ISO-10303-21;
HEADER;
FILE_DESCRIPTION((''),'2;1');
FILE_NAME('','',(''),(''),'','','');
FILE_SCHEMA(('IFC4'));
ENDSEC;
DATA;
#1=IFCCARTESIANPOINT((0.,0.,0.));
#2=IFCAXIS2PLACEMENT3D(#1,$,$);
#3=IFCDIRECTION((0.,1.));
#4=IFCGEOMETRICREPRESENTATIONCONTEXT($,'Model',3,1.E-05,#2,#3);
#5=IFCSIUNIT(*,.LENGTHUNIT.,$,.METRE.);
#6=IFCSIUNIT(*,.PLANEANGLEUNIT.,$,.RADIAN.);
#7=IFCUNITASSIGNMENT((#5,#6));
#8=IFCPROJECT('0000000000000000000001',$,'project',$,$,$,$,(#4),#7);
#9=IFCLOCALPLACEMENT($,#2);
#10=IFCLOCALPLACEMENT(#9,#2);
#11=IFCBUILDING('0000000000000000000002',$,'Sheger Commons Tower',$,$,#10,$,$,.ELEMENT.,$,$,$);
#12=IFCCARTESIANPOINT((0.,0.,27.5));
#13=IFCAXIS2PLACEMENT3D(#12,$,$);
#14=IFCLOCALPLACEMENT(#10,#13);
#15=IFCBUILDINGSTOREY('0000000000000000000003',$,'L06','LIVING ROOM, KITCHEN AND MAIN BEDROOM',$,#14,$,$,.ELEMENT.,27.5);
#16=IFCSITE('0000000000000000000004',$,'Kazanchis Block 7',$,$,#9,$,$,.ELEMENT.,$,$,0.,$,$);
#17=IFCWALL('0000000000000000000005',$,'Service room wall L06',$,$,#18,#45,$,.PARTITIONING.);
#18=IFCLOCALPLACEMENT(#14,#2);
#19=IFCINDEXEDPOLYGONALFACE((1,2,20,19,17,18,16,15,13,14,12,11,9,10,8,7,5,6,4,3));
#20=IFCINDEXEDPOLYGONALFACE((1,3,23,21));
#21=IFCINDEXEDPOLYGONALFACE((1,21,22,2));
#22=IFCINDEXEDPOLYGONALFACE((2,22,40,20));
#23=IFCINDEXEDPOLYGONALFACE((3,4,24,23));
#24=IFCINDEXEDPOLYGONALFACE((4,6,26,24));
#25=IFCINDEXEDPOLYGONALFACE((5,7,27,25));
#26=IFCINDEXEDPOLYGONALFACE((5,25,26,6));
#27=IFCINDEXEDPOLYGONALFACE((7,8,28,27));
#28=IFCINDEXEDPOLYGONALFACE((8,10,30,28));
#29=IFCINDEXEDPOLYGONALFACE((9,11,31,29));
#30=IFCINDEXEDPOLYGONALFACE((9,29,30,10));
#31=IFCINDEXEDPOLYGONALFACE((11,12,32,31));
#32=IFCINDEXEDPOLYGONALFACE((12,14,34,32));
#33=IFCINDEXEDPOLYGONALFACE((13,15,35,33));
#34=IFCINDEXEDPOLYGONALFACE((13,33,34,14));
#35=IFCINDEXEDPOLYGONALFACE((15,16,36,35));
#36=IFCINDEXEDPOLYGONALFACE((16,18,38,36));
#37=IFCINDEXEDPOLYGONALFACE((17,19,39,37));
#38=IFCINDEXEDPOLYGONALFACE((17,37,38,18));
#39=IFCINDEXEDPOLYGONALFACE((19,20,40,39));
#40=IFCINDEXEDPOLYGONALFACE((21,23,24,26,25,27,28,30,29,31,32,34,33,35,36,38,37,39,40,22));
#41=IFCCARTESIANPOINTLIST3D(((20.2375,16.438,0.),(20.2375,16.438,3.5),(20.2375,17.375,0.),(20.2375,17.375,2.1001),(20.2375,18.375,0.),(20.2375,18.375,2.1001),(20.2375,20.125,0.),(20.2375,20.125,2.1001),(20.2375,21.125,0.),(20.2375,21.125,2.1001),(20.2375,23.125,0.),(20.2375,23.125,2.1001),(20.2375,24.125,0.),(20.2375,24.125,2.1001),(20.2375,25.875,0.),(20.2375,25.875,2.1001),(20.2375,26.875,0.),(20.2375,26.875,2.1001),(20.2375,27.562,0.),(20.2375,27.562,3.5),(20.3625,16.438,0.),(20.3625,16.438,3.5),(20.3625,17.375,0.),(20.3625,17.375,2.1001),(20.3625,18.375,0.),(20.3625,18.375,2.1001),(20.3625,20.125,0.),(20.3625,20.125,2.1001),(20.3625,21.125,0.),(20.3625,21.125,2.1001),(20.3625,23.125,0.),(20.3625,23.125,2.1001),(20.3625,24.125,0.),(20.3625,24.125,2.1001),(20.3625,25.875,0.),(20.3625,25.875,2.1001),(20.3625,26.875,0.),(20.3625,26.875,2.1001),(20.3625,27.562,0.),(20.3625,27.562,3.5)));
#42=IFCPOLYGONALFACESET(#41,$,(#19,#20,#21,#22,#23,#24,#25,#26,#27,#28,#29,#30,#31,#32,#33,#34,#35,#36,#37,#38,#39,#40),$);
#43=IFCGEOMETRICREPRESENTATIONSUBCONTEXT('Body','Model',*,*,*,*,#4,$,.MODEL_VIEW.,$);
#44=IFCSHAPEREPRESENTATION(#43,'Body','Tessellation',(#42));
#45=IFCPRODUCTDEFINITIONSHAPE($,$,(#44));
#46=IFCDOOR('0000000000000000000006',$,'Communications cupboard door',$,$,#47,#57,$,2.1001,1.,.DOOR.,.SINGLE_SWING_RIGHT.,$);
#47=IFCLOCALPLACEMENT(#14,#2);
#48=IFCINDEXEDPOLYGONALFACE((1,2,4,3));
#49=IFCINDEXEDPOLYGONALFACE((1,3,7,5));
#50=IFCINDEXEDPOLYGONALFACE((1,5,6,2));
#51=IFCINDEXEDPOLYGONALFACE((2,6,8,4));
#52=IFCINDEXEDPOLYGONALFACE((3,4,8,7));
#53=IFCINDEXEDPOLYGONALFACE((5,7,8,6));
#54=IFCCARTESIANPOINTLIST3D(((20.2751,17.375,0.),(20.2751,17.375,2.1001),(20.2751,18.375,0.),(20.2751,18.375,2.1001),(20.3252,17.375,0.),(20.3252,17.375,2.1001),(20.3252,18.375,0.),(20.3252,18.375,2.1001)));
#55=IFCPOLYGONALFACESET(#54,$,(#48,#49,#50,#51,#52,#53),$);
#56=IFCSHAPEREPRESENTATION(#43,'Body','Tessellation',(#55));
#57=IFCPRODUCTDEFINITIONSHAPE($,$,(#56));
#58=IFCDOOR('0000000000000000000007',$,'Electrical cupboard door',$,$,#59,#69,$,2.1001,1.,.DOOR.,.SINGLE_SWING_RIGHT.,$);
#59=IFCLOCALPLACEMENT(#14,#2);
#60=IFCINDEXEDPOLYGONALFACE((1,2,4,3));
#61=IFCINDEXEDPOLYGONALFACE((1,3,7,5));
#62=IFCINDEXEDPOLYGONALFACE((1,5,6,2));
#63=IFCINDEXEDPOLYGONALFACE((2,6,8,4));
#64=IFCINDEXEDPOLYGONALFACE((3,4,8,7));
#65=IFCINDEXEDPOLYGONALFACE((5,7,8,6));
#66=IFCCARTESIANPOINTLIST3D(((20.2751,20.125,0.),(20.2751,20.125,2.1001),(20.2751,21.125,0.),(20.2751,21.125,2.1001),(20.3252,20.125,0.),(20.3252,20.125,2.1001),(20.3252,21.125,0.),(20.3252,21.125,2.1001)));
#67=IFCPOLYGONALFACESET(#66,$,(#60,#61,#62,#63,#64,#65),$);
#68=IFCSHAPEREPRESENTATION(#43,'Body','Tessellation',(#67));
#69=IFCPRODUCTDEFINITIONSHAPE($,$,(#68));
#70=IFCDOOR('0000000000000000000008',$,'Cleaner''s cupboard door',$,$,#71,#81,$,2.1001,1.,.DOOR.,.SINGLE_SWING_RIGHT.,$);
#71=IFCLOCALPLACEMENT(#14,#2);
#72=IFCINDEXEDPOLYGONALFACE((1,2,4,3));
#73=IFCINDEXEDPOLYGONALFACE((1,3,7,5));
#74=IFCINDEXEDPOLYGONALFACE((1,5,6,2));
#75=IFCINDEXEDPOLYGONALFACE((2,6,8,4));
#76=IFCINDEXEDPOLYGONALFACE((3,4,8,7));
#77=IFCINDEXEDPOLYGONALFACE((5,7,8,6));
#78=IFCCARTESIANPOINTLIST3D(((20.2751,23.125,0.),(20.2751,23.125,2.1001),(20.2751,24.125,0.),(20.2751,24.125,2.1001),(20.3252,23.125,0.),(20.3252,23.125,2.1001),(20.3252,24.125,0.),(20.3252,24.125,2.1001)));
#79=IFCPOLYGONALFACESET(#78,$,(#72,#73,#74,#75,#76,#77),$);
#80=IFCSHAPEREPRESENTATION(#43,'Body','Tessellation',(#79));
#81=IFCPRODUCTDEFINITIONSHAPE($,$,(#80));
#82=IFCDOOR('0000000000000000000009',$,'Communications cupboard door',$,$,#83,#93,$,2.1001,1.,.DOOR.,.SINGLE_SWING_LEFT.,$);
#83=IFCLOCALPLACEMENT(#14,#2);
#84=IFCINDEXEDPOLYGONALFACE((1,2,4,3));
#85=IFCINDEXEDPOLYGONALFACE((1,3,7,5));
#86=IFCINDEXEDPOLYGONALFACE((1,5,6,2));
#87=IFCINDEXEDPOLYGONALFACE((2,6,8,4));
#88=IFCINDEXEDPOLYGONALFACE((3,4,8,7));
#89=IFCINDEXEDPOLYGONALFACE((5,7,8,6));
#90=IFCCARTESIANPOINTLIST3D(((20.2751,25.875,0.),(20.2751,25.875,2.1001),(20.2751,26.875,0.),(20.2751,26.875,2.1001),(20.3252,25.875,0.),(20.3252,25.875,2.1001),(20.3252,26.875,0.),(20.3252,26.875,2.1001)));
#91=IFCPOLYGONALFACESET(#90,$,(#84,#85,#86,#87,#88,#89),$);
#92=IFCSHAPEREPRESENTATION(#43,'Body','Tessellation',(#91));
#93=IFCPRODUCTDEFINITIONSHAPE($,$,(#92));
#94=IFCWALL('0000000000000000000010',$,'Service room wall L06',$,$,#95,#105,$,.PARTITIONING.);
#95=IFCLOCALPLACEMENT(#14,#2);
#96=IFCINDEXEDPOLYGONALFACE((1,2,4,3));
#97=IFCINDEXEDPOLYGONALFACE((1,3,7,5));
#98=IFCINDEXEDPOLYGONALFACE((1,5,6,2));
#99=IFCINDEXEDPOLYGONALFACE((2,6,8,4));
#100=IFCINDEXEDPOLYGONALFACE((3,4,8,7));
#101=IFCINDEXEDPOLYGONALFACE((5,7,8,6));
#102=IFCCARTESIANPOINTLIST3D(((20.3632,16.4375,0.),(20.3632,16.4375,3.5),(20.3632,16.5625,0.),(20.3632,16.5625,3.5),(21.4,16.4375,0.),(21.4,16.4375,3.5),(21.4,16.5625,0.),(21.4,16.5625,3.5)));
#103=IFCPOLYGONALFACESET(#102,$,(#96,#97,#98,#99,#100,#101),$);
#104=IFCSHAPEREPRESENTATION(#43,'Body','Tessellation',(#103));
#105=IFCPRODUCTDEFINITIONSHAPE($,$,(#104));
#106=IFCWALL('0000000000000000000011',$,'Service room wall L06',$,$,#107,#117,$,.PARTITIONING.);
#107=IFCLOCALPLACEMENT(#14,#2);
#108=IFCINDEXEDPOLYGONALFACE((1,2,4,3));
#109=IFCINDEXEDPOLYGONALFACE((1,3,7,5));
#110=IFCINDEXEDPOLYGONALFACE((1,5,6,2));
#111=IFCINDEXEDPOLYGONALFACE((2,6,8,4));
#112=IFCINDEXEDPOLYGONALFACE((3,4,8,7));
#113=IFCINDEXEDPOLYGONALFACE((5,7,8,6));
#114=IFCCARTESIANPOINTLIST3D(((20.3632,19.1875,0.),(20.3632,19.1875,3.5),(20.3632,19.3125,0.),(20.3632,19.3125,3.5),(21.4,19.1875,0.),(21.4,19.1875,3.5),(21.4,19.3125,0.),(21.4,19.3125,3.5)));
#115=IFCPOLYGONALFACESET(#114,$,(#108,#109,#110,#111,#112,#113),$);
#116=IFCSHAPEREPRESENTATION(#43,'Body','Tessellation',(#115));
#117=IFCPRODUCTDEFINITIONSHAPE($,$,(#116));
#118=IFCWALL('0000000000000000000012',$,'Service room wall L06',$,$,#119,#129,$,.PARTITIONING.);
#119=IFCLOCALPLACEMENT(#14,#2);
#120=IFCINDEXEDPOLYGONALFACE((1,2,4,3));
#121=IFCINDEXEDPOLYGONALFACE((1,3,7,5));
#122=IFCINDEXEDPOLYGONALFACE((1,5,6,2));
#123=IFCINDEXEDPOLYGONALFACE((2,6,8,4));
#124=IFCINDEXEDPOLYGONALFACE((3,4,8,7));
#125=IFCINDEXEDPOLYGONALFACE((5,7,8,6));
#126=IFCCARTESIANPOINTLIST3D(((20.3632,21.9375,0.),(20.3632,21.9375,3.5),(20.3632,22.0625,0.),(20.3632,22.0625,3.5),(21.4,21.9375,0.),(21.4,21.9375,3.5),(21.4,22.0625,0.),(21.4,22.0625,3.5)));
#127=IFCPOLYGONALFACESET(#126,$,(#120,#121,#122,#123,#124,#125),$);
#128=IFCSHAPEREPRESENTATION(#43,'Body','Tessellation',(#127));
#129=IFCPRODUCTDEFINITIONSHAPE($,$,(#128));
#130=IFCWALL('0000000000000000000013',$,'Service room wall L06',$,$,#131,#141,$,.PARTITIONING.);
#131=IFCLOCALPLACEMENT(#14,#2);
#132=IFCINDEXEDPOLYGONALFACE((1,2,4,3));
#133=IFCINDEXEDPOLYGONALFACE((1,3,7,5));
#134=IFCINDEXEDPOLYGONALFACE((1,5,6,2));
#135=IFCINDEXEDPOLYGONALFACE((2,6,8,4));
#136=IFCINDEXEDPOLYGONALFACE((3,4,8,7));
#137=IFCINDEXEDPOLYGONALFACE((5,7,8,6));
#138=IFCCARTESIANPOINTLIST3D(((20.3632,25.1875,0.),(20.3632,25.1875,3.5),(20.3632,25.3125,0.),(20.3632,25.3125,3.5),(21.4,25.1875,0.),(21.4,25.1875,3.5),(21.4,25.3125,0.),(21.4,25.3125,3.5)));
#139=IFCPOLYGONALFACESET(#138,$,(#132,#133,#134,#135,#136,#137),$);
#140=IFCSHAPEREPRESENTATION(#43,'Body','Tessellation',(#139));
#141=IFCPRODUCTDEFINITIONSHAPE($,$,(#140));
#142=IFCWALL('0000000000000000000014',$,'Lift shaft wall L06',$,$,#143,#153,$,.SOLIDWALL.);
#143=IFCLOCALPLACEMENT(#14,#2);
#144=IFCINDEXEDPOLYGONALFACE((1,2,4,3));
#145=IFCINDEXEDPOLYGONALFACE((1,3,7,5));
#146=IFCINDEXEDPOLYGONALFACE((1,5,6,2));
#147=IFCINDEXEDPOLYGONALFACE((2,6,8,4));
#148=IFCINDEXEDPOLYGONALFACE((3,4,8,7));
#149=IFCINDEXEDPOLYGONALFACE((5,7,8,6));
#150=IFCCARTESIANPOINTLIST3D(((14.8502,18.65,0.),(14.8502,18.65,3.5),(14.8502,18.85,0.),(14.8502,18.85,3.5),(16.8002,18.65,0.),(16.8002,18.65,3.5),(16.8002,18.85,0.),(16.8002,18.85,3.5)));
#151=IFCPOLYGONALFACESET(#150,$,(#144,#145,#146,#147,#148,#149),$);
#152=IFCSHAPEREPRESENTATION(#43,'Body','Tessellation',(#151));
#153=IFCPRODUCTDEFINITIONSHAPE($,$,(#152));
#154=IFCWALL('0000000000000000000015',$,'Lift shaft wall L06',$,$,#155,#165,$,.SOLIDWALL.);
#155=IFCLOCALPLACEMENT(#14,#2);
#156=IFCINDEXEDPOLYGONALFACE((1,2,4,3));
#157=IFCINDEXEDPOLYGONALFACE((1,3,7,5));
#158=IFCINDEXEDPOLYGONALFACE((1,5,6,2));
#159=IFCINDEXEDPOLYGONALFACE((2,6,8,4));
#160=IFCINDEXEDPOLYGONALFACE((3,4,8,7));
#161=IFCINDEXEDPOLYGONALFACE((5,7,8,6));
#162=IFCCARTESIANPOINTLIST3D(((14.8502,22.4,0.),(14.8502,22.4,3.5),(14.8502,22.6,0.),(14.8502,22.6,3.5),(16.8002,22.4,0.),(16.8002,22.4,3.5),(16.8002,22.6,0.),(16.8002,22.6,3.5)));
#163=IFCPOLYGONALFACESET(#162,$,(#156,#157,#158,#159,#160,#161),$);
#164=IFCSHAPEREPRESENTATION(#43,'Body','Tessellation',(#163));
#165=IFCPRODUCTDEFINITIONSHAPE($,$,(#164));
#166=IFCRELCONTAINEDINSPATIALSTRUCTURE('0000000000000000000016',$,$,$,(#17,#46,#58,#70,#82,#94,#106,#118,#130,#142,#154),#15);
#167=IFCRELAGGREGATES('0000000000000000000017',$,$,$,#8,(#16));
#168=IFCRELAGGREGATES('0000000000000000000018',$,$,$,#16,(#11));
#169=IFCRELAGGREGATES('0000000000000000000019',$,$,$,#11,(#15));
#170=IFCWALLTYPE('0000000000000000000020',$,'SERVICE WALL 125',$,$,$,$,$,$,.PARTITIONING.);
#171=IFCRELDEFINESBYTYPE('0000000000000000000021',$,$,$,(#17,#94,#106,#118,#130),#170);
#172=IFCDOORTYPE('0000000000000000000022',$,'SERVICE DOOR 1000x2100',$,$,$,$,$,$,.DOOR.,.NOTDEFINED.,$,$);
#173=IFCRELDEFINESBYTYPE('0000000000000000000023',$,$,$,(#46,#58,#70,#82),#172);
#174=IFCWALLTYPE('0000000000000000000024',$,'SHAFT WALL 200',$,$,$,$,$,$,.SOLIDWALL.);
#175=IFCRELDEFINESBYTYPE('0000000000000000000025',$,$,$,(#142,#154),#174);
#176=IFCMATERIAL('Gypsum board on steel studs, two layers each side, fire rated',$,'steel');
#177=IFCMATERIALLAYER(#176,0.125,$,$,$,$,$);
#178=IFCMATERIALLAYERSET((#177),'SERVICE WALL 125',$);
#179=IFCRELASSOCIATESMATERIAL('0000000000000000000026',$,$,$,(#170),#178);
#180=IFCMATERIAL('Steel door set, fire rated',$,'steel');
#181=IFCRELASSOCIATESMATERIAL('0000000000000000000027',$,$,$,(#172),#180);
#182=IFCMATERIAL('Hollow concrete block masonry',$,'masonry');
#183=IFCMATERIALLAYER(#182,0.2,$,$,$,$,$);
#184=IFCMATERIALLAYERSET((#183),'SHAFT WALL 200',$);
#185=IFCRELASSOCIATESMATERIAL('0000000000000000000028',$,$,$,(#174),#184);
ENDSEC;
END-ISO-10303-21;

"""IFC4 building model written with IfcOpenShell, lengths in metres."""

from ifc_helpers import new_model, si_unit, direction, frame, frame_2d, origin, place, context, subcontext, project, spatial, rectangle, extrude, material, layer, layer_set, type_object, element, fill, save


model = new_model("IFC4")

# Units and contexts
model_context = context("Model", 3, precision=1e-05, world=origin(), true_north=direction((0.0, 1.0)))
body_context = subcontext(model_context, "Body", "Model", "MODEL_VIEW")
ifc_project = project(units=[si_unit("LENGTHUNIT", "METRE"), si_unit("PLANEANGLEUNIT", "RADIAN")], contexts=[model_context])

# Site, building, storey
site_placement = place(None, origin())
site = spatial("IfcSite", under=ifc_project, at=site_placement, Name="Kazanchis Block 7", CompositionType="ELEMENT", RefElevation=0.0)
building_placement = place(site_placement, origin())
building = spatial("IfcBuilding", under=site, at=building_placement, Name="Sheger Commons Tower", CompositionType="ELEMENT")
storey_placement = place(building_placement, frame((0.0, 0.0, 27.5)))
storey = spatial("IfcBuildingStorey", under=building, at=storey_placement, Name="L06", Description="LIVING ROOM, KITCHEN AND MAIN BEDROOM", CompositionType="ELEMENT", Elevation=27.5)

# Shared definitions
ifc_material_1 = material(Name="Gypsum board on steel studs, two layers each side, fire rated", Category="steel")
ifc_layer_1 = layer(ifc_material_1, 0.125)
ifc_layer_set_1 = layer_set([ifc_layer_1], Name="SERVICE WALL 125")
wall_type_1 = type_object("IfcWallType", Name="SERVICE WALL 125", PredefinedType="PARTITIONING", material=ifc_layer_set_1)

# Wall, openings, doors
wall_1_placement = place(storey_placement, frame((20.3, 16.438, 0.0), z_axis=(0.0, 0.0, 1.0), x_axis=(0.0, 1.0, 0.0)))
wall_1 = element("IfcWall", 1, at=wall_1_placement, inside=storey, type_object=wall_type_1, Name="Service room wall L06", PredefinedType="PARTITIONING", context=body_context, shape_type="SweptSolid", body=[
    extrude(rectangle(XDim=11.124, YDim=0.125, at=frame_2d((5.562, 0.0))), origin(), (0.0, 0.0, 1.0), 3.5),
])
opening_1_placement = place(wall_1_placement, frame((0.937, 0.0, 0.0)))
opening_1 = element("IfcOpeningElement", 2, at=opening_1_placement, cuts=wall_1, PredefinedType="OPENING", context=body_context, shape_type="SweptSolid", body=[
    extrude(rectangle(XDim=1.0, YDim=2.1001, at=frame_2d((0.5, 1.05))), frame((0.0, 0.0725, 0.0), z_axis=(0.0, -1.0, 0.0), x_axis=(1.0, 0.0, 0.0)), (0.0, 0.0, 1.0), 0.145),
])
opening_2_placement = place(wall_1_placement, frame((3.687, 0.0, 0.0)))
opening_2 = element("IfcOpeningElement", 3, at=opening_2_placement, cuts=wall_1, PredefinedType="OPENING", context=body_context, shape_type="SweptSolid", body=[
    extrude(rectangle(XDim=1.0, YDim=2.1001, at=frame_2d((0.5, 1.05))), frame((0.0, 0.0725, 0.0), z_axis=(0.0, -1.0, 0.0), x_axis=(1.0, 0.0, 0.0)), (0.0, 0.0, 1.0), 0.145),
])
opening_3_placement = place(wall_1_placement, frame((6.687, 0.0, 0.0)))
opening_3 = element("IfcOpeningElement", 4, at=opening_3_placement, cuts=wall_1, PredefinedType="OPENING", context=body_context, shape_type="SweptSolid", body=[
    extrude(rectangle(XDim=1.0, YDim=2.1001, at=frame_2d((0.5, 1.05))), frame((0.0, 0.0725, 0.0), z_axis=(0.0, -1.0, 0.0), x_axis=(1.0, 0.0, 0.0)), (0.0, 0.0, 1.0), 0.145),
])
opening_4_placement = place(wall_1_placement, frame((9.437, 0.0, 0.0)))
opening_4 = element("IfcOpeningElement", 5, at=opening_4_placement, cuts=wall_1, PredefinedType="OPENING", context=body_context, shape_type="SweptSolid", body=[
    extrude(rectangle(XDim=1.0, YDim=2.1001, at=frame_2d((0.5, 1.05))), frame((0.0, 0.0725, 0.0), z_axis=(0.0, -1.0, 0.0), x_axis=(1.0, 0.0, 0.0)), (0.0, 0.0, 1.0), 0.145),
])
ifc_material_2 = material(Name="Steel door set, fire rated", Category="steel")
door_type_1 = type_object("IfcDoorType", Name="SERVICE DOOR 1000x2100", OperationType="NOTDEFINED", PredefinedType="DOOR", material=ifc_material_2)
door_1_placement = place(opening_1_placement, origin())
door_1 = element("IfcDoor", 6, at=door_1_placement, inside=storey, type_object=door_type_1, Name="Communications cupboard door", OperationType="SINGLE_SWING_RIGHT", OverallHeight=2.1001, OverallWidth=1.0, PredefinedType="DOOR", context=body_context, shape_type="SweptSolid", body=[
    extrude(rectangle(XDim=1.0, YDim=2.1001, at=frame_2d((0.5, 1.05))), frame((0.0, 0.0249, 0.0), z_axis=(0.0, -1.0, 0.0), x_axis=(1.0, 0.0, 0.0)), (0.0, 0.0, 1.0), 0.05),
])
fill(opening_1, door_1)
door_2_placement = place(opening_2_placement, origin())
door_2 = element("IfcDoor", 7, at=door_2_placement, inside=storey, type_object=door_type_1, Name="Electrical cupboard door", OperationType="SINGLE_SWING_RIGHT", OverallHeight=2.1001, OverallWidth=1.0, PredefinedType="DOOR", context=body_context, shape_type="SweptSolid", body=[
    extrude(rectangle(XDim=1.0, YDim=2.1001, at=frame_2d((0.5, 1.05))), frame((0.0, 0.0249, 0.0), z_axis=(0.0, -1.0, 0.0), x_axis=(1.0, 0.0, 0.0)), (0.0, 0.0, 1.0), 0.05),
])
fill(opening_2, door_2)
door_3_placement = place(opening_3_placement, origin())
door_3 = element("IfcDoor", 8, at=door_3_placement, inside=storey, type_object=door_type_1, Name="Cleaner's cupboard door", OperationType="SINGLE_SWING_RIGHT", OverallHeight=2.1001, OverallWidth=1.0, PredefinedType="DOOR", context=body_context, shape_type="SweptSolid", body=[
    extrude(rectangle(XDim=1.0, YDim=2.1001, at=frame_2d((0.5, 1.05))), frame((0.0, 0.0249, 0.0), z_axis=(0.0, -1.0, 0.0), x_axis=(1.0, 0.0, 0.0)), (0.0, 0.0, 1.0), 0.05),
])
fill(opening_3, door_3)
door_4_placement = place(opening_4_placement, origin())
door_4 = element("IfcDoor", 9, at=door_4_placement, inside=storey, type_object=door_type_1, Name="Communications cupboard door", OperationType="SINGLE_SWING_LEFT", OverallHeight=2.1001, OverallWidth=1.0, PredefinedType="DOOR", context=body_context, shape_type="SweptSolid", body=[
    extrude(rectangle(XDim=1.0, YDim=2.1001, at=frame_2d((0.5, 1.05))), frame((0.0, 0.0249, 0.0), z_axis=(0.0, -1.0, 0.0), x_axis=(1.0, 0.0, 0.0)), (0.0, 0.0, 1.0), 0.05),
])
fill(opening_4, door_4)

# Walls
for number, where, z_axis, x_axis, name in (
    (10, (20.363, 16.5, 0.0), (0.0, 0.0, 1.0), (1.0, 0.0, 0.0), "Service room wall L06"),
    (11, (20.363, 19.25, 0.0), (0.0, 0.0, 1.0), (1.0, 0.0, 0.0), "Service room wall L06"),
    (12, (20.363, 22.0, 0.0), (0.0, 0.0, 1.0), (1.0, 0.0, 0.0), "Service room wall L06"),
    (13, (20.363, 25.25, 0.0), (0.0, 0.0, 1.0), (1.0, 0.0, 0.0), "Service room wall L06"),
):
    element("IfcWall", number, at=place(storey_placement, frame(where, z_axis=z_axis, x_axis=x_axis)), inside=storey, type_object=wall_type_1, Name=name, PredefinedType="PARTITIONING", context=body_context, shape_type="SweptSolid", body=[
        extrude(rectangle(XDim=1.0369, YDim=0.125, at=frame_2d((0.5186, 0.0))), origin(), (0.0, 0.0, 1.0), 3.5),
    ])
ifc_material_3 = material(Name="Hollow concrete block masonry", Category="masonry")
ifc_layer_2 = layer(ifc_material_3, 0.2)
ifc_layer_set_2 = layer_set([ifc_layer_2], Name="SHAFT WALL 200")
wall_type_2 = type_object("IfcWallType", Name="SHAFT WALL 200", PredefinedType="SOLIDWALL", material=ifc_layer_set_2)
for number, where, z_axis, x_axis, name in (
    (14, (14.8501, 18.75, 0.0), (0.0, 0.0, 1.0), (1.0, 0.0, 0.0), "Lift shaft wall L06"),
    (15, (14.8501, 22.5, 0.0), (0.0, 0.0, 1.0), (1.0, 0.0, 0.0), "Lift shaft wall L06"),
):
    element("IfcWall", number, at=place(storey_placement, frame(where, z_axis=z_axis, x_axis=x_axis)), inside=storey, type_object=wall_type_2, Name=name, PredefinedType="SOLIDWALL", context=body_context, shape_type="SweptSolid", body=[
        extrude(rectangle(XDim=1.95, YDim=0.2, at=frame_2d((0.9751, 0.0))), origin(), (0.0, 0.0, 1.0), 3.5),
    ])

save(model, "model.ifc")
